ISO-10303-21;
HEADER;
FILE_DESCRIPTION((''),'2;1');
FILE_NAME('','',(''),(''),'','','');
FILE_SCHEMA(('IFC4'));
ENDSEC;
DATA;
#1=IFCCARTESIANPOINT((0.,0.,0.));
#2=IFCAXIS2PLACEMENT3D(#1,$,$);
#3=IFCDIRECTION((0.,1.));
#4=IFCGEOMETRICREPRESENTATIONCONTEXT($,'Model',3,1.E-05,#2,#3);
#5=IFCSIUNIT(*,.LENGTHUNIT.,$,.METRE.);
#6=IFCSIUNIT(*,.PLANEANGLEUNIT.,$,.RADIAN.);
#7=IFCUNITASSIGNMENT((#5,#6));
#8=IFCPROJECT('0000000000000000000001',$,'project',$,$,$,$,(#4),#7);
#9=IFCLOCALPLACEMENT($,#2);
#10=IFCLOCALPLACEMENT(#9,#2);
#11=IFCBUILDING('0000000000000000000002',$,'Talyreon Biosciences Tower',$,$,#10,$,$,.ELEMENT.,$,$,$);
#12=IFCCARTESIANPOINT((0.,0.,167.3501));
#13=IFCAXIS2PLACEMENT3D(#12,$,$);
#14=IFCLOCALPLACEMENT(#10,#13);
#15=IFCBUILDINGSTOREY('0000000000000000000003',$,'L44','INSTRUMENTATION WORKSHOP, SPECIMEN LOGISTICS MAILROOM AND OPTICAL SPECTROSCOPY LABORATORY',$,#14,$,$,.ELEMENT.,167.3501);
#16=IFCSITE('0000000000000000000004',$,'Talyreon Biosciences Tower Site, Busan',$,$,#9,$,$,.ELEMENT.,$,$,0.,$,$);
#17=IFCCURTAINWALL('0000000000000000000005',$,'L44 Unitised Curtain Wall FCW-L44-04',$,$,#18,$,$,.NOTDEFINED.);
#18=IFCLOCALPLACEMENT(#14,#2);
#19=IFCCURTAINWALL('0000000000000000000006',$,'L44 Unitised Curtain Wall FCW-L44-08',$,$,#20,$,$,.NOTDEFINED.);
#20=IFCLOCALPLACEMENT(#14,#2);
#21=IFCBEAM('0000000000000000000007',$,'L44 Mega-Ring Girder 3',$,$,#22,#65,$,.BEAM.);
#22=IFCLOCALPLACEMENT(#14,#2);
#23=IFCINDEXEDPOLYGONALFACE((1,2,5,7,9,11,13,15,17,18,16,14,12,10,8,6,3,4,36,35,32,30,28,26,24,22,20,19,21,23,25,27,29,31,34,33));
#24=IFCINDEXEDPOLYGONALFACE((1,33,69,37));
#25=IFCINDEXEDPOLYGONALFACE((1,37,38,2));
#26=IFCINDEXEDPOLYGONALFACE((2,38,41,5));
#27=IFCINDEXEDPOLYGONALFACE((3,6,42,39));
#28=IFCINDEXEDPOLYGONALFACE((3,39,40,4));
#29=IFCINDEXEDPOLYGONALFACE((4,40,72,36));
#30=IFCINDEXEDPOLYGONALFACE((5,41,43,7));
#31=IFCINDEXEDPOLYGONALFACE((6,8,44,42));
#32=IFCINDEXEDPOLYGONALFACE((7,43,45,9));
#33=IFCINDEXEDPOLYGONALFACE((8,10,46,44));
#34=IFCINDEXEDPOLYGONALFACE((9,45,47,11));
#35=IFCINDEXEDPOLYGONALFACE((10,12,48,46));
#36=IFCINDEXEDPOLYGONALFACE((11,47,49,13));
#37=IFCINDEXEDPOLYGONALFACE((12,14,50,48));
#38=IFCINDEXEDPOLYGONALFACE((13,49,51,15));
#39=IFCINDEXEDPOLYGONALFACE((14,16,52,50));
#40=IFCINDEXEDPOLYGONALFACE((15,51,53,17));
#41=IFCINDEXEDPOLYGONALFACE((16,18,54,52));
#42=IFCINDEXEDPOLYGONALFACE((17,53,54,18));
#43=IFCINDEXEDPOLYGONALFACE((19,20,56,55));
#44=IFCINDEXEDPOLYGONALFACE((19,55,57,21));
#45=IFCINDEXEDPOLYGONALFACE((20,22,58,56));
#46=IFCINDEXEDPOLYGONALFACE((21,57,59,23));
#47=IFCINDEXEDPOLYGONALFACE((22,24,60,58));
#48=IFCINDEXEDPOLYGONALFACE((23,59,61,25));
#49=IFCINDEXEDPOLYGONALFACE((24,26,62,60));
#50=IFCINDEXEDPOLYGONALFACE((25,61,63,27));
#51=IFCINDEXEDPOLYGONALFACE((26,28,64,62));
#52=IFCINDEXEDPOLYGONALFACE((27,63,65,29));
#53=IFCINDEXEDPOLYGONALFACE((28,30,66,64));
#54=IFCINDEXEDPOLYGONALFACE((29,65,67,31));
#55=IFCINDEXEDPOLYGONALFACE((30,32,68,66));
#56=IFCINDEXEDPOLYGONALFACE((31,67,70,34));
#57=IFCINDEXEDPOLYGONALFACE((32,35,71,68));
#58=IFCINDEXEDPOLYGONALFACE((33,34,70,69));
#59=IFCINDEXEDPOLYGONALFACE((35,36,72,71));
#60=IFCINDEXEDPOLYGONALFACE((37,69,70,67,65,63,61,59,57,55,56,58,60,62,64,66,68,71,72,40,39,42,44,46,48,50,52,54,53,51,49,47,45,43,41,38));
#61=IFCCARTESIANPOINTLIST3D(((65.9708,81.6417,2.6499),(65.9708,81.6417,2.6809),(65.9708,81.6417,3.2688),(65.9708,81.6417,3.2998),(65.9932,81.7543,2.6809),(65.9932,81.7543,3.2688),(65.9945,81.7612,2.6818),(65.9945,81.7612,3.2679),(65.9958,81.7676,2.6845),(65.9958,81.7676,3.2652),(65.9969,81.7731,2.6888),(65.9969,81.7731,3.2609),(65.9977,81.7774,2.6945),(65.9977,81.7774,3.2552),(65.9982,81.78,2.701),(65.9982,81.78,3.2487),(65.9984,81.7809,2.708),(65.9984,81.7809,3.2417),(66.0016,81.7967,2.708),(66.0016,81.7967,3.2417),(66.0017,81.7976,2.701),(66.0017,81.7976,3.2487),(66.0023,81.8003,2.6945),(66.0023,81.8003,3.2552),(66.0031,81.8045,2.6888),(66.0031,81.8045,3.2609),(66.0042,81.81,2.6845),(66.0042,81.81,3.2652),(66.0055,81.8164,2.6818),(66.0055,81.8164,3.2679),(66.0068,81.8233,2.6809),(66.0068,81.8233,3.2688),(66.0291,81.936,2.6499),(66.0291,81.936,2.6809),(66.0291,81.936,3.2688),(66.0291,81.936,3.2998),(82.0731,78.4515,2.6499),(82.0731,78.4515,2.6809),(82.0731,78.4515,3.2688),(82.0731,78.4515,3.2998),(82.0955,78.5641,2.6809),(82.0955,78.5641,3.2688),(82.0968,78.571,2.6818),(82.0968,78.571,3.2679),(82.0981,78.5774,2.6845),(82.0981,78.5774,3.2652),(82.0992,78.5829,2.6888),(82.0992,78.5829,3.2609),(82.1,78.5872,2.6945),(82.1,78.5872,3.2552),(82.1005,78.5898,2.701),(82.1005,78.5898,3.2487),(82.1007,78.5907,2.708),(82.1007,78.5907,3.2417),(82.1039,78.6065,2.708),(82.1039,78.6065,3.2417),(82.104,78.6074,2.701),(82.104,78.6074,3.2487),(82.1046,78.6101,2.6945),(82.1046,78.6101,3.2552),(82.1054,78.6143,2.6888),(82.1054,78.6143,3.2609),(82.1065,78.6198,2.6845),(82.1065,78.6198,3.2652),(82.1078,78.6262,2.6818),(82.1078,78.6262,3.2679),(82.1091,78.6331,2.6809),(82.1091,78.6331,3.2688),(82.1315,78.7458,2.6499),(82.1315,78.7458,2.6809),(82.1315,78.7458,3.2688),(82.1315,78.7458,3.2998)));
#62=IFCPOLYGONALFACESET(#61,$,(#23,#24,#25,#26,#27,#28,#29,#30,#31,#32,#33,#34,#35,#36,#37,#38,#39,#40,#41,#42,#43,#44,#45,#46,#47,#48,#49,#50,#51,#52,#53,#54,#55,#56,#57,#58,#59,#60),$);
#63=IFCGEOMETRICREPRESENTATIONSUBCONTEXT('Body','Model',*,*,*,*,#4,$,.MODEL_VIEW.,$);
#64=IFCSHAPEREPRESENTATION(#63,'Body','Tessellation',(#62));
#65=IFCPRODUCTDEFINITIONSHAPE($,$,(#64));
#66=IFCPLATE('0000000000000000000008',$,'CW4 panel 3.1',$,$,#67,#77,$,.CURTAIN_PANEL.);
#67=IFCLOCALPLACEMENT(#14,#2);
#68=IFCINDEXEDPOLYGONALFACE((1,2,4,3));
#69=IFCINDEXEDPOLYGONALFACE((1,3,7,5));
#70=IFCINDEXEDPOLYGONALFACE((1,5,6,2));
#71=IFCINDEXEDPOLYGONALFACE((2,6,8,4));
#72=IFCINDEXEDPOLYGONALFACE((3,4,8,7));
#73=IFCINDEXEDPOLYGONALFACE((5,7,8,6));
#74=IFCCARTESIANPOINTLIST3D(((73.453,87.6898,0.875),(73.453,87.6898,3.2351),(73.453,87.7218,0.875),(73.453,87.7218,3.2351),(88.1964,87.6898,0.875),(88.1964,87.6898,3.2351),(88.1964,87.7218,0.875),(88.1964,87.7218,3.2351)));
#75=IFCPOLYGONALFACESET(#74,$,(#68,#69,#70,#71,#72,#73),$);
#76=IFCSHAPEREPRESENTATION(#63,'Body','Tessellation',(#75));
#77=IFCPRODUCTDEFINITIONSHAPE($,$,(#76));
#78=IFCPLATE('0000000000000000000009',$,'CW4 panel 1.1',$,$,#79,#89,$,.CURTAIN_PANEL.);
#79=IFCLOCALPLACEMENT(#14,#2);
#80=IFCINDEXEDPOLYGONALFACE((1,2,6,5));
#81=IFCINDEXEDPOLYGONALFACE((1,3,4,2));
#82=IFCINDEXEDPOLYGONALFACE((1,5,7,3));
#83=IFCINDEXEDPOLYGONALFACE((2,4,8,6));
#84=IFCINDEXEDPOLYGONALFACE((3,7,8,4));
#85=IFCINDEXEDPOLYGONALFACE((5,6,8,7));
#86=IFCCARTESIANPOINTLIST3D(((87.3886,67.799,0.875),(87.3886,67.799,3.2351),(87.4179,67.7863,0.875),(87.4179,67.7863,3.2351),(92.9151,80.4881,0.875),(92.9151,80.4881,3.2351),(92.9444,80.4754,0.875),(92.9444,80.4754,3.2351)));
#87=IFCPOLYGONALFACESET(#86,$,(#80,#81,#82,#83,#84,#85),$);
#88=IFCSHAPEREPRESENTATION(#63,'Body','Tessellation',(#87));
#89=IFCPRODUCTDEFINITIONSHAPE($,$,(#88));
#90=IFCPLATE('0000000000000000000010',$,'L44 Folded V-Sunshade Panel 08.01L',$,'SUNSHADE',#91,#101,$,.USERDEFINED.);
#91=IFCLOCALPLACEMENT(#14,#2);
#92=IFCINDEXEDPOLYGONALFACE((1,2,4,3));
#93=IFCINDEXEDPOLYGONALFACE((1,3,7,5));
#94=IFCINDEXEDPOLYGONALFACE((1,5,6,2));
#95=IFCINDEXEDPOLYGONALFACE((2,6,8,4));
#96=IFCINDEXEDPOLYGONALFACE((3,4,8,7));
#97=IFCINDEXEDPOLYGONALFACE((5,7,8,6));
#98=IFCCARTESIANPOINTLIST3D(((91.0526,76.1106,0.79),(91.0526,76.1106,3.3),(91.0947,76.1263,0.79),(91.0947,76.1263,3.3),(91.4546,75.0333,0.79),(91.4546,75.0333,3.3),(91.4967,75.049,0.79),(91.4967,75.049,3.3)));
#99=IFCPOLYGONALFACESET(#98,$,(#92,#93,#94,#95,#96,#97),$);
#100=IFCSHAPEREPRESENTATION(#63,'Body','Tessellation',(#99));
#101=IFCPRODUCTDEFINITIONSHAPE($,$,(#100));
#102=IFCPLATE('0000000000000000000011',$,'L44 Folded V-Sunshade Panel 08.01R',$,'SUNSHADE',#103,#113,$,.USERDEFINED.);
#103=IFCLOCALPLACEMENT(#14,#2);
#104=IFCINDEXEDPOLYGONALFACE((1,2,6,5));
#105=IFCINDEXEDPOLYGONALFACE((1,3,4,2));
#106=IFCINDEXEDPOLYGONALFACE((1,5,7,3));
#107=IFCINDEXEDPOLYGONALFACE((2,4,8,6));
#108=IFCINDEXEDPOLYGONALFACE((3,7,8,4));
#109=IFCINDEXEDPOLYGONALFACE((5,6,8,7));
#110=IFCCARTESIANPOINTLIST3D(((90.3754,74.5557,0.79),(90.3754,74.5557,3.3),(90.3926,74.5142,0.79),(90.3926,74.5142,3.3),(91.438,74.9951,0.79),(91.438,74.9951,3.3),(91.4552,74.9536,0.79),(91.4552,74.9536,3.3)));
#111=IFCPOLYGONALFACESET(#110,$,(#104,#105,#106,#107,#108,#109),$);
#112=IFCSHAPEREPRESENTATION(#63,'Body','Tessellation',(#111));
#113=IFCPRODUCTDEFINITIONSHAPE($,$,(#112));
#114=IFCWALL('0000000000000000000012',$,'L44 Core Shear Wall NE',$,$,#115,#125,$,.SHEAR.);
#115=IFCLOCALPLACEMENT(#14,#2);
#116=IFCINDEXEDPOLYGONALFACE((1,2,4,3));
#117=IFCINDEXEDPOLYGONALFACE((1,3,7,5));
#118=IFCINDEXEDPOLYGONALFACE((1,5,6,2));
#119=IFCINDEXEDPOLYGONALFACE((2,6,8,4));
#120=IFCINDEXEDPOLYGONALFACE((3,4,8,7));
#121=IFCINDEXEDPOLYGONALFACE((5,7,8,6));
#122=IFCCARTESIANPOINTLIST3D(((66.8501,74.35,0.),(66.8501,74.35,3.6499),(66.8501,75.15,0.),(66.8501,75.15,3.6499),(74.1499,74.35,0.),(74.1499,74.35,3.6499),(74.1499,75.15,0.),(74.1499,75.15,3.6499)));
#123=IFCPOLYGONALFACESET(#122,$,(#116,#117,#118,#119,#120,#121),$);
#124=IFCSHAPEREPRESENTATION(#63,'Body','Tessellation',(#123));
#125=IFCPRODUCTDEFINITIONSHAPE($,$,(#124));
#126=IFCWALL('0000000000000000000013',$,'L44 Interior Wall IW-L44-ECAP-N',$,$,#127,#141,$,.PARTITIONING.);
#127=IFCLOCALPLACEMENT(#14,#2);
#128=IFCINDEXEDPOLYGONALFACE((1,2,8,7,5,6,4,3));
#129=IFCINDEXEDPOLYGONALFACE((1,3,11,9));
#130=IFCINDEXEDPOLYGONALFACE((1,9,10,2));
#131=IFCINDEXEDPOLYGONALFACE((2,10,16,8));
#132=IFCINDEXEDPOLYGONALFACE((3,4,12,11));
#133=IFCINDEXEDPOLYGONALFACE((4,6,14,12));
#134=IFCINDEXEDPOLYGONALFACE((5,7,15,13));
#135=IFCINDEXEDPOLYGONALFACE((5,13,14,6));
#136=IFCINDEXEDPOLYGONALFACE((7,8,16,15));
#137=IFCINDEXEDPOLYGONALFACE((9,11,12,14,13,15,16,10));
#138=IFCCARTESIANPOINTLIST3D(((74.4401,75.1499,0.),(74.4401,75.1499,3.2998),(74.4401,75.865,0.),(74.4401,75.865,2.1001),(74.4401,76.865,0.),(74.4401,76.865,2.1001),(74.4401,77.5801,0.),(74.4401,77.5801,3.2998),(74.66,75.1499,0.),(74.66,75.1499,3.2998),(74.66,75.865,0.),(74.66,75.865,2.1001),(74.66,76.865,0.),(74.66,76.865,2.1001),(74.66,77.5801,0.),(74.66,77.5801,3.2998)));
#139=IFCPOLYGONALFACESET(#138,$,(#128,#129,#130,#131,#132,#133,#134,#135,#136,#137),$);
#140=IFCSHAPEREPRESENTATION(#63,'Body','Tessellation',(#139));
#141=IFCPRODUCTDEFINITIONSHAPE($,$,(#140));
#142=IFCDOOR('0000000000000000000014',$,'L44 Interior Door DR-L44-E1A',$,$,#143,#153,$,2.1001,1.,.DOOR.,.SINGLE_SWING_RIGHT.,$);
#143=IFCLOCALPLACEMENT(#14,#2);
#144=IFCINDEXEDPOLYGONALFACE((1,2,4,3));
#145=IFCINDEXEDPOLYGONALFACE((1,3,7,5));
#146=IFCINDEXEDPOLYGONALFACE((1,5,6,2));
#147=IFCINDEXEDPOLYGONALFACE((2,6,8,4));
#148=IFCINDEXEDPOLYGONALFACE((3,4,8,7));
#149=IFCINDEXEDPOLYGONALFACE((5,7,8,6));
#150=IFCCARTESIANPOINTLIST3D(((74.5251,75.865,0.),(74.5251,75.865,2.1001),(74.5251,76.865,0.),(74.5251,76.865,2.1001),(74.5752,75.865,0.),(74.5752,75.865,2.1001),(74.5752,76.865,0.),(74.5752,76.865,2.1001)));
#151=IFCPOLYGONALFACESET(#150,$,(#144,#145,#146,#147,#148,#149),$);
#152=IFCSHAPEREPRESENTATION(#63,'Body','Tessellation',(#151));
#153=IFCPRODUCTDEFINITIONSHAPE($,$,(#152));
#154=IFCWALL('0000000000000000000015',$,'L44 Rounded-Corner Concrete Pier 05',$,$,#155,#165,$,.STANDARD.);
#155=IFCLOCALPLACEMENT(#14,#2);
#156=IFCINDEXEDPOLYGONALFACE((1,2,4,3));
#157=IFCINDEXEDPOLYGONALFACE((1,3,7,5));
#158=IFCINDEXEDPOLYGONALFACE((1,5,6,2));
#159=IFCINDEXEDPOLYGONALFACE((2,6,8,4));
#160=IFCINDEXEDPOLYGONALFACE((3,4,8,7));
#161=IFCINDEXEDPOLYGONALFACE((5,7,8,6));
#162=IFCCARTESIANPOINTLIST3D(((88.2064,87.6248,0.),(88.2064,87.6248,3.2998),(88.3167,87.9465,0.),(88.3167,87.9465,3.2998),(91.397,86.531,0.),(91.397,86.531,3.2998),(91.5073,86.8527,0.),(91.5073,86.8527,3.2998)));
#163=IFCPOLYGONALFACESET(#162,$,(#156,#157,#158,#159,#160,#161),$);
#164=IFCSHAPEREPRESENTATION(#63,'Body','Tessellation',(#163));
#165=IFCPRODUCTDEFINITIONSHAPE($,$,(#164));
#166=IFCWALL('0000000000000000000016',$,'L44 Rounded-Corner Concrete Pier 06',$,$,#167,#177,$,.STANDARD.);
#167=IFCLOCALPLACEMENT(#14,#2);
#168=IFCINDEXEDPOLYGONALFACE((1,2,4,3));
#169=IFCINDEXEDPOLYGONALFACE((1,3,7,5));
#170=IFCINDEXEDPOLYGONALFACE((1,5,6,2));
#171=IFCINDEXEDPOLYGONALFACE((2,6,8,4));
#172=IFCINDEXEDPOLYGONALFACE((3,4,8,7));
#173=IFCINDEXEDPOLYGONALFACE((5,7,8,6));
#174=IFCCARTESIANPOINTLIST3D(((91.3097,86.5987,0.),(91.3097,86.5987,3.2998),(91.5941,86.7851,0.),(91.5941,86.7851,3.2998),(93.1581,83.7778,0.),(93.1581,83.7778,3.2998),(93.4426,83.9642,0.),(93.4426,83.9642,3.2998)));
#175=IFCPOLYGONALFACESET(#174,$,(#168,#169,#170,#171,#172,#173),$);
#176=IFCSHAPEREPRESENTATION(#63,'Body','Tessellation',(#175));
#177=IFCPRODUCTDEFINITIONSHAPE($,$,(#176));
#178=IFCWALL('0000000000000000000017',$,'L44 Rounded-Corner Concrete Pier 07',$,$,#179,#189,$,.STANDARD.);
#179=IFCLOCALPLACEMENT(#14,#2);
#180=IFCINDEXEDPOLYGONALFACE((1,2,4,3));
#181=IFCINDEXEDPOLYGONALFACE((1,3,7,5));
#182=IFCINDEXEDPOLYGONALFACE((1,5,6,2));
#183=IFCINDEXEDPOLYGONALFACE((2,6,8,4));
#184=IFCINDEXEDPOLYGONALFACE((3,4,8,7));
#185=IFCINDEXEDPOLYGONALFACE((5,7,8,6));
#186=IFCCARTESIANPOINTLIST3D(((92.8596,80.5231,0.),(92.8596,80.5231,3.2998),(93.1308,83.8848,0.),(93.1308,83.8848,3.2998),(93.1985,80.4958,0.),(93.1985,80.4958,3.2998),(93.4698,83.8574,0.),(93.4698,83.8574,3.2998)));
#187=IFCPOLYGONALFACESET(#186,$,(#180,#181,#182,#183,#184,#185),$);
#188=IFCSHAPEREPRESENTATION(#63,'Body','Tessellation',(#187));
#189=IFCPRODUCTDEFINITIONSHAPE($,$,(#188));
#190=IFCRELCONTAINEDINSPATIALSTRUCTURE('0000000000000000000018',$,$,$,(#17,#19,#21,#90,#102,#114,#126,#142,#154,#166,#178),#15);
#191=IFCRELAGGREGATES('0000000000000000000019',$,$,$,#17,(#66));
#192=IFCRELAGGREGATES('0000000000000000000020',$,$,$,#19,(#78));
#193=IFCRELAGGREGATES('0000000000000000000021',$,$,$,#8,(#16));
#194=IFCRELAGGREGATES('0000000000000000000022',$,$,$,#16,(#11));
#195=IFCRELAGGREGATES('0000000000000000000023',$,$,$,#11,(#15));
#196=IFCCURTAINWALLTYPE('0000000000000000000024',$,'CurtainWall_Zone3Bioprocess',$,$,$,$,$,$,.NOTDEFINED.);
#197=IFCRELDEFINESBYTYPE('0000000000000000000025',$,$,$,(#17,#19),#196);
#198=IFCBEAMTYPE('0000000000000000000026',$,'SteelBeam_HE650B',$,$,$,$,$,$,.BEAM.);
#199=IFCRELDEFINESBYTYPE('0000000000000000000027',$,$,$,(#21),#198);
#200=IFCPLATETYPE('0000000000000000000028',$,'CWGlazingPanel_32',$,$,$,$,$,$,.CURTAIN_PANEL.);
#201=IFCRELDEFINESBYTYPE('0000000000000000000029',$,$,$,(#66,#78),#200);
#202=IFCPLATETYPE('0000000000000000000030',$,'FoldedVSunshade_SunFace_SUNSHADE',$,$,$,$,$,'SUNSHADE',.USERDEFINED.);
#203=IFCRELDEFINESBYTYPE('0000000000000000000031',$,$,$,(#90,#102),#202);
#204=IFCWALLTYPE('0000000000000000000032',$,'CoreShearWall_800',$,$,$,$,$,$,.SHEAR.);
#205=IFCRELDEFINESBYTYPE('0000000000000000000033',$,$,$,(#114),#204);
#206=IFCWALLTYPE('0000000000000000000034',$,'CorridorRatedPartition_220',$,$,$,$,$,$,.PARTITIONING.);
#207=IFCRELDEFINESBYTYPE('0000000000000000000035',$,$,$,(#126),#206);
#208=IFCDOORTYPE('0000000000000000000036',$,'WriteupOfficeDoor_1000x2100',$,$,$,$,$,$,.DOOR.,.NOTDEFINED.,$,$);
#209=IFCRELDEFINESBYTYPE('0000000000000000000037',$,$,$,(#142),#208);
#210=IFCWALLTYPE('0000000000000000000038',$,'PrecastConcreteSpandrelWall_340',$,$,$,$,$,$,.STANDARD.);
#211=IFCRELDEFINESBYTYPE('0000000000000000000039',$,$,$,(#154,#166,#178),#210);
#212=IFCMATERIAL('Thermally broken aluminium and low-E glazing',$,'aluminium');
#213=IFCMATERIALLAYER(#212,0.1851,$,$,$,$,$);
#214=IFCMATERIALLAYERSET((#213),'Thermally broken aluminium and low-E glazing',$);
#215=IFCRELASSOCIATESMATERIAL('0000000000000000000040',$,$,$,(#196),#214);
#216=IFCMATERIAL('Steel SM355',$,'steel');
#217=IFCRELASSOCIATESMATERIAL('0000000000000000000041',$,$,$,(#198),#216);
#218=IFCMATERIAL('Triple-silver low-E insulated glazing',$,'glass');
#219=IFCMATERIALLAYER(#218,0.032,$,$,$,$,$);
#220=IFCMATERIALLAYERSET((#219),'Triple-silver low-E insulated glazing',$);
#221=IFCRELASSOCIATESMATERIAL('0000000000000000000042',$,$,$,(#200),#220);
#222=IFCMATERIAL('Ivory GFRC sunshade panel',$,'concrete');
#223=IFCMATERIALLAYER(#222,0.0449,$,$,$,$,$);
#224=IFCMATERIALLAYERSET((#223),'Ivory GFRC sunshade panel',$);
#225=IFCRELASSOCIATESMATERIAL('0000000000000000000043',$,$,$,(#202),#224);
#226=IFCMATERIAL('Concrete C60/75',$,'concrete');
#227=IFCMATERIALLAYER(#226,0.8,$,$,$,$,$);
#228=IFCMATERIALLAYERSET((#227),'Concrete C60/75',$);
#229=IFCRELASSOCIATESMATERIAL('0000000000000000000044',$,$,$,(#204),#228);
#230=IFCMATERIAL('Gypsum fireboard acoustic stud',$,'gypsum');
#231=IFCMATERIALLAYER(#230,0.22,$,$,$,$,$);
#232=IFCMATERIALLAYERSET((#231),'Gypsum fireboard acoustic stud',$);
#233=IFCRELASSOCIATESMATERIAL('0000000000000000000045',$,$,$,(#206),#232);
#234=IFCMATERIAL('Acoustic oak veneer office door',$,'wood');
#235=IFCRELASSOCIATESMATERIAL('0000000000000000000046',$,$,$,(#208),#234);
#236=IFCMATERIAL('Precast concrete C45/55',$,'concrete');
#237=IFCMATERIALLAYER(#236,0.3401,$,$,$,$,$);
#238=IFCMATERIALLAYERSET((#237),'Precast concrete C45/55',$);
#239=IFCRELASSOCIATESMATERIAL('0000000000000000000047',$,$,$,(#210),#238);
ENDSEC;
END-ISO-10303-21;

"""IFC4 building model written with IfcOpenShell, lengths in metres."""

from ifc_helpers import new_model, si_unit, direction, frame, frame_2d, origin, origin_2d, place, context, subcontext, project, spatial, rectangle, i_section, extrude, material, layer, layer_set, material_profile, profile_set, type_object, element, fill, aggregate, save


model = new_model("IFC4")

# Units and contexts
model_context = context("Model", 3, precision=1e-05, world=origin(), true_north=direction((0.0, 1.0)))
body_context = subcontext(model_context, "Body", "Model", "MODEL_VIEW")
ifc_project = project(units=[si_unit("LENGTHUNIT", "METRE"), si_unit("PLANEANGLEUNIT", "RADIAN")], contexts=[model_context])

# Site, building, storey
site_placement = place(None, origin())
site = spatial("IfcSite", under=ifc_project, at=site_placement, Name="Talyreon Biosciences Tower Site, Busan", CompositionType="ELEMENT", RefElevation=0.0)
building_placement = place(site_placement, origin())
building = spatial("IfcBuilding", under=site, at=building_placement, Name="Talyreon Biosciences Tower", CompositionType="ELEMENT")
storey_placement = place(building_placement, frame((0.0, 0.0, 167.3501)))
storey = spatial("IfcBuildingStorey", under=building, at=storey_placement, Name="L44", Description="INSTRUMENTATION WORKSHOP, SPECIMEN LOGISTICS MAILROOM AND OPTICAL SPECTROSCOPY LABORATORY", CompositionType="ELEMENT", Elevation=167.3501)

# Shared definitions
ifc_material_1 = material(Name="Concrete C60/75", Category="concrete")

# Curtain wall
ifc_material_2 = material(Name="Thermally broken aluminium and low-E glazing", Category="aluminium")
ifc_layer_1 = layer(ifc_material_2, 0.1851)
ifc_layer_set_1 = layer_set([ifc_layer_1], Name="Thermally broken aluminium and low-E glazing")
curtain_wall_type = type_object("IfcCurtainWallType", Name="CurtainWall_Zone3Bioprocess", PredefinedType="NOTDEFINED", material=ifc_layer_set_1)
curtain_wall_1_placement = place(storey_placement, origin())
curtain_wall_1 = element("IfcCurtainWall", 1, at=curtain_wall_1_placement, inside=storey, type_object=curtain_wall_type, Name="L44 Unitised Curtain Wall FCW-L44-04", PredefinedType="NOTDEFINED")

# Curtain wall
curtain_wall_2_placement = place(storey_placement, origin())
curtain_wall_2 = element("IfcCurtainWall", 2, at=curtain_wall_2_placement, inside=storey, type_object=curtain_wall_type, Name="L44 Unitised Curtain Wall FCW-L44-08", PredefinedType="NOTDEFINED")

# Beam
ifc_material_3 = material(Name="Precast concrete C45/55", Category="concrete")
ifc_material_4 = material(Name="Steel SM355", Category="steel")
ifc_material_profile_1 = material_profile(ifc_material_4, i_section(OverallWidth=0.3, OverallDepth=0.6499, WebThickness=0.0161, FlangeThickness=0.031, FilletRadius=0.0271, at=origin_2d()), Name="HE650B")
ifc_profile_set_1 = profile_set([ifc_material_profile_1], Name="Steel SM355")
beam_type_1 = type_object("IfcBeamType", Name="SteelBeam_HE650B", PredefinedType="BEAM", material=ifc_profile_set_1)
beam_1_placement = place(storey_placement, frame((82.1023, 78.5986, 2.9749), z_axis=(-0.980934, 0.194343, 0.0), x_axis=(-0.194343, -0.980934, 0.0)))
element("IfcBeam", 3, at=beam_1_placement, inside=storey, type_object=beam_type_1, Name="L44 Mega-Ring Girder 3", PredefinedType="BEAM", context=body_context, shape_type="SweptSolid", body=[
    extrude(i_section(OverallWidth=0.3, OverallDepth=0.6499, WebThickness=0.0161, FlangeThickness=0.031, FilletRadius=0.0271, at=origin_2d()), origin(), (0.0, 0.0, 1.0), 16.4153),
])

# Plates
ifc_material_5 = material(Name="Triple-silver low-E insulated glazing", Category="glass")
ifc_layer_2 = layer(ifc_material_5, 0.032)
ifc_layer_set_2 = layer_set([ifc_layer_2], Name="Triple-silver low-E insulated glazing")
plate_type_1 = type_object("IfcPlateType", Name="CWGlazingPanel_32", PredefinedType="CURTAIN_PANEL", material=ifc_layer_set_2)
plate_1_placement = place(storey_placement, frame((80.8247, 87.7058, 0.875), z_axis=(0.0, 0.0, 1.0), x_axis=(1.0, 0.0, 0.0)))
plate_1 = element("IfcPlate", 4, at=plate_1_placement, type_object=plate_type_1, Name="CW4 panel 3.1", PredefinedType="CURTAIN_PANEL", context=body_context, shape_type="SweptSolid", body=[
    extrude(rectangle(XDim=14.7434, YDim=0.032, at=origin_2d()), origin(), (0.0, 0.0, 1.0), 2.3601),
])
aggregate(curtain_wall_1, [plate_1])
plate_2_placement = place(storey_placement, frame((90.1665, 74.1372, 0.875), z_axis=(0.0, 0.0, 1.0), x_axis=(-0.3993, -0.91682, 0.0)))
plate_2 = element("IfcPlate", 5, at=plate_2_placement, type_object=plate_type_1, Name="CW4 panel 1.1", PredefinedType="CURTAIN_PANEL", context=body_context, shape_type="SweptSolid", body=[
    extrude(rectangle(XDim=13.8403, YDim=0.032, at=origin_2d()), origin(), (0.0, 0.0, 1.0), 2.3601),
])
aggregate(curtain_wall_2, [plate_2])

# Plates
ifc_material_6 = material(Name="Ivory GFRC sunshade panel", Category="concrete")
ifc_layer_3 = layer(ifc_material_6, 0.0449)
ifc_layer_set_3 = layer_set([ifc_layer_3], Name="Ivory GFRC sunshade panel")
plate_type_2 = type_object("IfcPlateType", Name="FoldedVSunshade_SunFace_SUNSHADE", ElementType="SUNSHADE", PredefinedType="USERDEFINED", material=ifc_layer_set_3)
for number, where, z_axis, x_axis, name in (
    (6, (91.2747, 75.5798, 0.79), (0.0, 0.0, 1.0), (0.349651, -0.93688, 0.0), "L44 Folded V-Sunshade Panel 08.01L"),
    (7, (90.9153, 74.7546, 0.79), (0.0, 0.0, 1.0), (-0.924106, -0.382135, 0.0), "L44 Folded V-Sunshade Panel 08.01R"),
):
    element("IfcPlate", number, at=place(storey_placement, frame(where, z_axis=z_axis, x_axis=x_axis)), inside=storey, type_object=plate_type_2, Name=name, ObjectType="SUNSHADE", PredefinedType="USERDEFINED", context=body_context, shape_type="SweptSolid", body=[
        extrude(rectangle(XDim=1.1499, YDim=0.0449, at=origin_2d()), origin(), (0.0, 0.0, 1.0), 2.51),
    ])

# Wall
ifc_layer_4 = layer(ifc_material_1, 0.8)
ifc_layer_set_4 = layer_set([ifc_layer_4], Name="Concrete C60/75")
wall_type_1 = type_object("IfcWallType", Name="CoreShearWall_800", PredefinedType="SHEAR", material=ifc_layer_set_4)
wall_1_placement = place(storey_placement, frame((74.1499, 74.75, 0.0), z_axis=(0.0, 0.0, 1.0), x_axis=(-1.0, 0.0, 0.0)))
element("IfcWall", 8, at=wall_1_placement, inside=storey, type_object=wall_type_1, Name="L44 Core Shear Wall NE", PredefinedType="SHEAR", context=body_context, shape_type="SweptSolid", body=[
    extrude(rectangle(XDim=7.2998, YDim=0.8, at=frame_2d((3.6499, 0.0))), origin(), (0.0, 0.0, 1.0), 3.6499),
])

# Wall, opening, door
ifc_material_7 = material(Name="Gypsum fireboard acoustic stud", Category="gypsum")
ifc_layer_5 = layer(ifc_material_7, 0.22)
ifc_layer_set_5 = layer_set([ifc_layer_5], Name="Gypsum fireboard acoustic stud")
wall_type_2 = type_object("IfcWallType", Name="CorridorRatedPartition_220", PredefinedType="PARTITIONING", material=ifc_layer_set_5)
wall_2_placement = place(storey_placement, frame((74.55, 75.1499, 0.0), z_axis=(0.0, 0.0, 1.0), x_axis=(0.0, 1.0, 0.0)))
wall_2 = element("IfcWall", 9, at=wall_2_placement, inside=storey, type_object=wall_type_2, Name="L44 Interior Wall IW-L44-ECAP-N", PredefinedType="PARTITIONING", context=body_context, shape_type="SweptSolid", body=[
    extrude(rectangle(XDim=2.4302, YDim=0.22, at=frame_2d((1.2151, 0.0))), origin(), (0.0, 0.0, 1.0), 3.2998),
])
opening_placement = place(wall_2_placement, frame((0.7151, 0.0, 0.0)))
opening = element("IfcOpeningElement", 10, at=opening_placement, cuts=wall_2, PredefinedType="OPENING", context=body_context, shape_type="SweptSolid", body=[
    extrude(rectangle(XDim=1.0, YDim=2.1001, at=frame_2d((0.5, 1.05))), frame((0.0, 0.1199, 0.0), z_axis=(0.0, -1.0, 0.0), x_axis=(1.0, 0.0, 0.0)), (0.0, 0.0, 1.0), 0.24),
])
ifc_material_8 = material(Name="Acoustic oak veneer office door", Category="wood")
door_type = type_object("IfcDoorType", Name="WriteupOfficeDoor_1000x2100", OperationType="NOTDEFINED", PredefinedType="DOOR", material=ifc_material_8)
door_placement = place(opening_placement, origin())
door = element("IfcDoor", 11, at=door_placement, inside=storey, type_object=door_type, Name="L44 Interior Door DR-L44-E1A", OperationType="SINGLE_SWING_RIGHT", OverallHeight=2.1001, OverallWidth=1.0, PredefinedType="DOOR", context=body_context, shape_type="SweptSolid", body=[
    extrude(rectangle(XDim=1.0, YDim=2.1001, at=frame_2d((0.5, 1.05))), frame((0.0, 0.0249, 0.0), z_axis=(0.0, -1.0, 0.0), x_axis=(1.0, 0.0, 0.0)), (0.0, 0.0, 1.0), 0.05),
])
fill(opening, door)

# Walls
ifc_layer_6 = layer(ifc_material_3, 0.3401)
ifc_layer_set_6 = layer_set([ifc_layer_6], Name="Precast concrete C45/55")
wall_type_3 = type_object("IfcWallType", Name="PrecastConcreteSpandrelWall_340", PredefinedType="STANDARD", material=ifc_layer_set_6)
wall_3_placement = place(storey_placement, frame((88.2615, 87.7856, 0.0), z_axis=(0.0, 0.0, 1.0), x_axis=(0.945956, -0.324295, 0.0)))
element("IfcWall", 12, at=wall_3_placement, inside=storey, type_object=wall_type_3, Name="L44 Rounded-Corner Concrete Pier 05", PredefinedType="STANDARD", context=body_context, shape_type="SweptSolid", body=[
    extrude(rectangle(XDim=3.3728, YDim=0.3401, at=frame_2d((1.6865, 0.0))), origin(), (0.0, 0.0, 1.0), 3.2998),
])
for number, where, z_axis, x_axis, name in (
    (13, (91.4519, 86.6919, 0.0), (0.0, 0.0, 1.0), (0.548084, -0.836423, 0.0), "L44 Rounded-Corner Concrete Pier 06"),
    (14, (93.3003, 83.8711, 0.0), (0.0, 0.0, 1.0), (-0.080427, -0.99676, 0.0), "L44 Rounded-Corner Concrete Pier 07"),
):
    element("IfcWall", number, at=place(storey_placement, frame(where, z_axis=z_axis, x_axis=x_axis)), inside=storey, type_object=wall_type_3, Name=name, PredefinedType="STANDARD", context=body_context, shape_type="SweptSolid", body=[
        extrude(rectangle(XDim=3.3726, YDim=0.3401, at=frame_2d((1.6863, 0.0))), origin(), (0.0, 0.0, 1.0), 3.2998),
    ])

save(model, "model.ifc")
